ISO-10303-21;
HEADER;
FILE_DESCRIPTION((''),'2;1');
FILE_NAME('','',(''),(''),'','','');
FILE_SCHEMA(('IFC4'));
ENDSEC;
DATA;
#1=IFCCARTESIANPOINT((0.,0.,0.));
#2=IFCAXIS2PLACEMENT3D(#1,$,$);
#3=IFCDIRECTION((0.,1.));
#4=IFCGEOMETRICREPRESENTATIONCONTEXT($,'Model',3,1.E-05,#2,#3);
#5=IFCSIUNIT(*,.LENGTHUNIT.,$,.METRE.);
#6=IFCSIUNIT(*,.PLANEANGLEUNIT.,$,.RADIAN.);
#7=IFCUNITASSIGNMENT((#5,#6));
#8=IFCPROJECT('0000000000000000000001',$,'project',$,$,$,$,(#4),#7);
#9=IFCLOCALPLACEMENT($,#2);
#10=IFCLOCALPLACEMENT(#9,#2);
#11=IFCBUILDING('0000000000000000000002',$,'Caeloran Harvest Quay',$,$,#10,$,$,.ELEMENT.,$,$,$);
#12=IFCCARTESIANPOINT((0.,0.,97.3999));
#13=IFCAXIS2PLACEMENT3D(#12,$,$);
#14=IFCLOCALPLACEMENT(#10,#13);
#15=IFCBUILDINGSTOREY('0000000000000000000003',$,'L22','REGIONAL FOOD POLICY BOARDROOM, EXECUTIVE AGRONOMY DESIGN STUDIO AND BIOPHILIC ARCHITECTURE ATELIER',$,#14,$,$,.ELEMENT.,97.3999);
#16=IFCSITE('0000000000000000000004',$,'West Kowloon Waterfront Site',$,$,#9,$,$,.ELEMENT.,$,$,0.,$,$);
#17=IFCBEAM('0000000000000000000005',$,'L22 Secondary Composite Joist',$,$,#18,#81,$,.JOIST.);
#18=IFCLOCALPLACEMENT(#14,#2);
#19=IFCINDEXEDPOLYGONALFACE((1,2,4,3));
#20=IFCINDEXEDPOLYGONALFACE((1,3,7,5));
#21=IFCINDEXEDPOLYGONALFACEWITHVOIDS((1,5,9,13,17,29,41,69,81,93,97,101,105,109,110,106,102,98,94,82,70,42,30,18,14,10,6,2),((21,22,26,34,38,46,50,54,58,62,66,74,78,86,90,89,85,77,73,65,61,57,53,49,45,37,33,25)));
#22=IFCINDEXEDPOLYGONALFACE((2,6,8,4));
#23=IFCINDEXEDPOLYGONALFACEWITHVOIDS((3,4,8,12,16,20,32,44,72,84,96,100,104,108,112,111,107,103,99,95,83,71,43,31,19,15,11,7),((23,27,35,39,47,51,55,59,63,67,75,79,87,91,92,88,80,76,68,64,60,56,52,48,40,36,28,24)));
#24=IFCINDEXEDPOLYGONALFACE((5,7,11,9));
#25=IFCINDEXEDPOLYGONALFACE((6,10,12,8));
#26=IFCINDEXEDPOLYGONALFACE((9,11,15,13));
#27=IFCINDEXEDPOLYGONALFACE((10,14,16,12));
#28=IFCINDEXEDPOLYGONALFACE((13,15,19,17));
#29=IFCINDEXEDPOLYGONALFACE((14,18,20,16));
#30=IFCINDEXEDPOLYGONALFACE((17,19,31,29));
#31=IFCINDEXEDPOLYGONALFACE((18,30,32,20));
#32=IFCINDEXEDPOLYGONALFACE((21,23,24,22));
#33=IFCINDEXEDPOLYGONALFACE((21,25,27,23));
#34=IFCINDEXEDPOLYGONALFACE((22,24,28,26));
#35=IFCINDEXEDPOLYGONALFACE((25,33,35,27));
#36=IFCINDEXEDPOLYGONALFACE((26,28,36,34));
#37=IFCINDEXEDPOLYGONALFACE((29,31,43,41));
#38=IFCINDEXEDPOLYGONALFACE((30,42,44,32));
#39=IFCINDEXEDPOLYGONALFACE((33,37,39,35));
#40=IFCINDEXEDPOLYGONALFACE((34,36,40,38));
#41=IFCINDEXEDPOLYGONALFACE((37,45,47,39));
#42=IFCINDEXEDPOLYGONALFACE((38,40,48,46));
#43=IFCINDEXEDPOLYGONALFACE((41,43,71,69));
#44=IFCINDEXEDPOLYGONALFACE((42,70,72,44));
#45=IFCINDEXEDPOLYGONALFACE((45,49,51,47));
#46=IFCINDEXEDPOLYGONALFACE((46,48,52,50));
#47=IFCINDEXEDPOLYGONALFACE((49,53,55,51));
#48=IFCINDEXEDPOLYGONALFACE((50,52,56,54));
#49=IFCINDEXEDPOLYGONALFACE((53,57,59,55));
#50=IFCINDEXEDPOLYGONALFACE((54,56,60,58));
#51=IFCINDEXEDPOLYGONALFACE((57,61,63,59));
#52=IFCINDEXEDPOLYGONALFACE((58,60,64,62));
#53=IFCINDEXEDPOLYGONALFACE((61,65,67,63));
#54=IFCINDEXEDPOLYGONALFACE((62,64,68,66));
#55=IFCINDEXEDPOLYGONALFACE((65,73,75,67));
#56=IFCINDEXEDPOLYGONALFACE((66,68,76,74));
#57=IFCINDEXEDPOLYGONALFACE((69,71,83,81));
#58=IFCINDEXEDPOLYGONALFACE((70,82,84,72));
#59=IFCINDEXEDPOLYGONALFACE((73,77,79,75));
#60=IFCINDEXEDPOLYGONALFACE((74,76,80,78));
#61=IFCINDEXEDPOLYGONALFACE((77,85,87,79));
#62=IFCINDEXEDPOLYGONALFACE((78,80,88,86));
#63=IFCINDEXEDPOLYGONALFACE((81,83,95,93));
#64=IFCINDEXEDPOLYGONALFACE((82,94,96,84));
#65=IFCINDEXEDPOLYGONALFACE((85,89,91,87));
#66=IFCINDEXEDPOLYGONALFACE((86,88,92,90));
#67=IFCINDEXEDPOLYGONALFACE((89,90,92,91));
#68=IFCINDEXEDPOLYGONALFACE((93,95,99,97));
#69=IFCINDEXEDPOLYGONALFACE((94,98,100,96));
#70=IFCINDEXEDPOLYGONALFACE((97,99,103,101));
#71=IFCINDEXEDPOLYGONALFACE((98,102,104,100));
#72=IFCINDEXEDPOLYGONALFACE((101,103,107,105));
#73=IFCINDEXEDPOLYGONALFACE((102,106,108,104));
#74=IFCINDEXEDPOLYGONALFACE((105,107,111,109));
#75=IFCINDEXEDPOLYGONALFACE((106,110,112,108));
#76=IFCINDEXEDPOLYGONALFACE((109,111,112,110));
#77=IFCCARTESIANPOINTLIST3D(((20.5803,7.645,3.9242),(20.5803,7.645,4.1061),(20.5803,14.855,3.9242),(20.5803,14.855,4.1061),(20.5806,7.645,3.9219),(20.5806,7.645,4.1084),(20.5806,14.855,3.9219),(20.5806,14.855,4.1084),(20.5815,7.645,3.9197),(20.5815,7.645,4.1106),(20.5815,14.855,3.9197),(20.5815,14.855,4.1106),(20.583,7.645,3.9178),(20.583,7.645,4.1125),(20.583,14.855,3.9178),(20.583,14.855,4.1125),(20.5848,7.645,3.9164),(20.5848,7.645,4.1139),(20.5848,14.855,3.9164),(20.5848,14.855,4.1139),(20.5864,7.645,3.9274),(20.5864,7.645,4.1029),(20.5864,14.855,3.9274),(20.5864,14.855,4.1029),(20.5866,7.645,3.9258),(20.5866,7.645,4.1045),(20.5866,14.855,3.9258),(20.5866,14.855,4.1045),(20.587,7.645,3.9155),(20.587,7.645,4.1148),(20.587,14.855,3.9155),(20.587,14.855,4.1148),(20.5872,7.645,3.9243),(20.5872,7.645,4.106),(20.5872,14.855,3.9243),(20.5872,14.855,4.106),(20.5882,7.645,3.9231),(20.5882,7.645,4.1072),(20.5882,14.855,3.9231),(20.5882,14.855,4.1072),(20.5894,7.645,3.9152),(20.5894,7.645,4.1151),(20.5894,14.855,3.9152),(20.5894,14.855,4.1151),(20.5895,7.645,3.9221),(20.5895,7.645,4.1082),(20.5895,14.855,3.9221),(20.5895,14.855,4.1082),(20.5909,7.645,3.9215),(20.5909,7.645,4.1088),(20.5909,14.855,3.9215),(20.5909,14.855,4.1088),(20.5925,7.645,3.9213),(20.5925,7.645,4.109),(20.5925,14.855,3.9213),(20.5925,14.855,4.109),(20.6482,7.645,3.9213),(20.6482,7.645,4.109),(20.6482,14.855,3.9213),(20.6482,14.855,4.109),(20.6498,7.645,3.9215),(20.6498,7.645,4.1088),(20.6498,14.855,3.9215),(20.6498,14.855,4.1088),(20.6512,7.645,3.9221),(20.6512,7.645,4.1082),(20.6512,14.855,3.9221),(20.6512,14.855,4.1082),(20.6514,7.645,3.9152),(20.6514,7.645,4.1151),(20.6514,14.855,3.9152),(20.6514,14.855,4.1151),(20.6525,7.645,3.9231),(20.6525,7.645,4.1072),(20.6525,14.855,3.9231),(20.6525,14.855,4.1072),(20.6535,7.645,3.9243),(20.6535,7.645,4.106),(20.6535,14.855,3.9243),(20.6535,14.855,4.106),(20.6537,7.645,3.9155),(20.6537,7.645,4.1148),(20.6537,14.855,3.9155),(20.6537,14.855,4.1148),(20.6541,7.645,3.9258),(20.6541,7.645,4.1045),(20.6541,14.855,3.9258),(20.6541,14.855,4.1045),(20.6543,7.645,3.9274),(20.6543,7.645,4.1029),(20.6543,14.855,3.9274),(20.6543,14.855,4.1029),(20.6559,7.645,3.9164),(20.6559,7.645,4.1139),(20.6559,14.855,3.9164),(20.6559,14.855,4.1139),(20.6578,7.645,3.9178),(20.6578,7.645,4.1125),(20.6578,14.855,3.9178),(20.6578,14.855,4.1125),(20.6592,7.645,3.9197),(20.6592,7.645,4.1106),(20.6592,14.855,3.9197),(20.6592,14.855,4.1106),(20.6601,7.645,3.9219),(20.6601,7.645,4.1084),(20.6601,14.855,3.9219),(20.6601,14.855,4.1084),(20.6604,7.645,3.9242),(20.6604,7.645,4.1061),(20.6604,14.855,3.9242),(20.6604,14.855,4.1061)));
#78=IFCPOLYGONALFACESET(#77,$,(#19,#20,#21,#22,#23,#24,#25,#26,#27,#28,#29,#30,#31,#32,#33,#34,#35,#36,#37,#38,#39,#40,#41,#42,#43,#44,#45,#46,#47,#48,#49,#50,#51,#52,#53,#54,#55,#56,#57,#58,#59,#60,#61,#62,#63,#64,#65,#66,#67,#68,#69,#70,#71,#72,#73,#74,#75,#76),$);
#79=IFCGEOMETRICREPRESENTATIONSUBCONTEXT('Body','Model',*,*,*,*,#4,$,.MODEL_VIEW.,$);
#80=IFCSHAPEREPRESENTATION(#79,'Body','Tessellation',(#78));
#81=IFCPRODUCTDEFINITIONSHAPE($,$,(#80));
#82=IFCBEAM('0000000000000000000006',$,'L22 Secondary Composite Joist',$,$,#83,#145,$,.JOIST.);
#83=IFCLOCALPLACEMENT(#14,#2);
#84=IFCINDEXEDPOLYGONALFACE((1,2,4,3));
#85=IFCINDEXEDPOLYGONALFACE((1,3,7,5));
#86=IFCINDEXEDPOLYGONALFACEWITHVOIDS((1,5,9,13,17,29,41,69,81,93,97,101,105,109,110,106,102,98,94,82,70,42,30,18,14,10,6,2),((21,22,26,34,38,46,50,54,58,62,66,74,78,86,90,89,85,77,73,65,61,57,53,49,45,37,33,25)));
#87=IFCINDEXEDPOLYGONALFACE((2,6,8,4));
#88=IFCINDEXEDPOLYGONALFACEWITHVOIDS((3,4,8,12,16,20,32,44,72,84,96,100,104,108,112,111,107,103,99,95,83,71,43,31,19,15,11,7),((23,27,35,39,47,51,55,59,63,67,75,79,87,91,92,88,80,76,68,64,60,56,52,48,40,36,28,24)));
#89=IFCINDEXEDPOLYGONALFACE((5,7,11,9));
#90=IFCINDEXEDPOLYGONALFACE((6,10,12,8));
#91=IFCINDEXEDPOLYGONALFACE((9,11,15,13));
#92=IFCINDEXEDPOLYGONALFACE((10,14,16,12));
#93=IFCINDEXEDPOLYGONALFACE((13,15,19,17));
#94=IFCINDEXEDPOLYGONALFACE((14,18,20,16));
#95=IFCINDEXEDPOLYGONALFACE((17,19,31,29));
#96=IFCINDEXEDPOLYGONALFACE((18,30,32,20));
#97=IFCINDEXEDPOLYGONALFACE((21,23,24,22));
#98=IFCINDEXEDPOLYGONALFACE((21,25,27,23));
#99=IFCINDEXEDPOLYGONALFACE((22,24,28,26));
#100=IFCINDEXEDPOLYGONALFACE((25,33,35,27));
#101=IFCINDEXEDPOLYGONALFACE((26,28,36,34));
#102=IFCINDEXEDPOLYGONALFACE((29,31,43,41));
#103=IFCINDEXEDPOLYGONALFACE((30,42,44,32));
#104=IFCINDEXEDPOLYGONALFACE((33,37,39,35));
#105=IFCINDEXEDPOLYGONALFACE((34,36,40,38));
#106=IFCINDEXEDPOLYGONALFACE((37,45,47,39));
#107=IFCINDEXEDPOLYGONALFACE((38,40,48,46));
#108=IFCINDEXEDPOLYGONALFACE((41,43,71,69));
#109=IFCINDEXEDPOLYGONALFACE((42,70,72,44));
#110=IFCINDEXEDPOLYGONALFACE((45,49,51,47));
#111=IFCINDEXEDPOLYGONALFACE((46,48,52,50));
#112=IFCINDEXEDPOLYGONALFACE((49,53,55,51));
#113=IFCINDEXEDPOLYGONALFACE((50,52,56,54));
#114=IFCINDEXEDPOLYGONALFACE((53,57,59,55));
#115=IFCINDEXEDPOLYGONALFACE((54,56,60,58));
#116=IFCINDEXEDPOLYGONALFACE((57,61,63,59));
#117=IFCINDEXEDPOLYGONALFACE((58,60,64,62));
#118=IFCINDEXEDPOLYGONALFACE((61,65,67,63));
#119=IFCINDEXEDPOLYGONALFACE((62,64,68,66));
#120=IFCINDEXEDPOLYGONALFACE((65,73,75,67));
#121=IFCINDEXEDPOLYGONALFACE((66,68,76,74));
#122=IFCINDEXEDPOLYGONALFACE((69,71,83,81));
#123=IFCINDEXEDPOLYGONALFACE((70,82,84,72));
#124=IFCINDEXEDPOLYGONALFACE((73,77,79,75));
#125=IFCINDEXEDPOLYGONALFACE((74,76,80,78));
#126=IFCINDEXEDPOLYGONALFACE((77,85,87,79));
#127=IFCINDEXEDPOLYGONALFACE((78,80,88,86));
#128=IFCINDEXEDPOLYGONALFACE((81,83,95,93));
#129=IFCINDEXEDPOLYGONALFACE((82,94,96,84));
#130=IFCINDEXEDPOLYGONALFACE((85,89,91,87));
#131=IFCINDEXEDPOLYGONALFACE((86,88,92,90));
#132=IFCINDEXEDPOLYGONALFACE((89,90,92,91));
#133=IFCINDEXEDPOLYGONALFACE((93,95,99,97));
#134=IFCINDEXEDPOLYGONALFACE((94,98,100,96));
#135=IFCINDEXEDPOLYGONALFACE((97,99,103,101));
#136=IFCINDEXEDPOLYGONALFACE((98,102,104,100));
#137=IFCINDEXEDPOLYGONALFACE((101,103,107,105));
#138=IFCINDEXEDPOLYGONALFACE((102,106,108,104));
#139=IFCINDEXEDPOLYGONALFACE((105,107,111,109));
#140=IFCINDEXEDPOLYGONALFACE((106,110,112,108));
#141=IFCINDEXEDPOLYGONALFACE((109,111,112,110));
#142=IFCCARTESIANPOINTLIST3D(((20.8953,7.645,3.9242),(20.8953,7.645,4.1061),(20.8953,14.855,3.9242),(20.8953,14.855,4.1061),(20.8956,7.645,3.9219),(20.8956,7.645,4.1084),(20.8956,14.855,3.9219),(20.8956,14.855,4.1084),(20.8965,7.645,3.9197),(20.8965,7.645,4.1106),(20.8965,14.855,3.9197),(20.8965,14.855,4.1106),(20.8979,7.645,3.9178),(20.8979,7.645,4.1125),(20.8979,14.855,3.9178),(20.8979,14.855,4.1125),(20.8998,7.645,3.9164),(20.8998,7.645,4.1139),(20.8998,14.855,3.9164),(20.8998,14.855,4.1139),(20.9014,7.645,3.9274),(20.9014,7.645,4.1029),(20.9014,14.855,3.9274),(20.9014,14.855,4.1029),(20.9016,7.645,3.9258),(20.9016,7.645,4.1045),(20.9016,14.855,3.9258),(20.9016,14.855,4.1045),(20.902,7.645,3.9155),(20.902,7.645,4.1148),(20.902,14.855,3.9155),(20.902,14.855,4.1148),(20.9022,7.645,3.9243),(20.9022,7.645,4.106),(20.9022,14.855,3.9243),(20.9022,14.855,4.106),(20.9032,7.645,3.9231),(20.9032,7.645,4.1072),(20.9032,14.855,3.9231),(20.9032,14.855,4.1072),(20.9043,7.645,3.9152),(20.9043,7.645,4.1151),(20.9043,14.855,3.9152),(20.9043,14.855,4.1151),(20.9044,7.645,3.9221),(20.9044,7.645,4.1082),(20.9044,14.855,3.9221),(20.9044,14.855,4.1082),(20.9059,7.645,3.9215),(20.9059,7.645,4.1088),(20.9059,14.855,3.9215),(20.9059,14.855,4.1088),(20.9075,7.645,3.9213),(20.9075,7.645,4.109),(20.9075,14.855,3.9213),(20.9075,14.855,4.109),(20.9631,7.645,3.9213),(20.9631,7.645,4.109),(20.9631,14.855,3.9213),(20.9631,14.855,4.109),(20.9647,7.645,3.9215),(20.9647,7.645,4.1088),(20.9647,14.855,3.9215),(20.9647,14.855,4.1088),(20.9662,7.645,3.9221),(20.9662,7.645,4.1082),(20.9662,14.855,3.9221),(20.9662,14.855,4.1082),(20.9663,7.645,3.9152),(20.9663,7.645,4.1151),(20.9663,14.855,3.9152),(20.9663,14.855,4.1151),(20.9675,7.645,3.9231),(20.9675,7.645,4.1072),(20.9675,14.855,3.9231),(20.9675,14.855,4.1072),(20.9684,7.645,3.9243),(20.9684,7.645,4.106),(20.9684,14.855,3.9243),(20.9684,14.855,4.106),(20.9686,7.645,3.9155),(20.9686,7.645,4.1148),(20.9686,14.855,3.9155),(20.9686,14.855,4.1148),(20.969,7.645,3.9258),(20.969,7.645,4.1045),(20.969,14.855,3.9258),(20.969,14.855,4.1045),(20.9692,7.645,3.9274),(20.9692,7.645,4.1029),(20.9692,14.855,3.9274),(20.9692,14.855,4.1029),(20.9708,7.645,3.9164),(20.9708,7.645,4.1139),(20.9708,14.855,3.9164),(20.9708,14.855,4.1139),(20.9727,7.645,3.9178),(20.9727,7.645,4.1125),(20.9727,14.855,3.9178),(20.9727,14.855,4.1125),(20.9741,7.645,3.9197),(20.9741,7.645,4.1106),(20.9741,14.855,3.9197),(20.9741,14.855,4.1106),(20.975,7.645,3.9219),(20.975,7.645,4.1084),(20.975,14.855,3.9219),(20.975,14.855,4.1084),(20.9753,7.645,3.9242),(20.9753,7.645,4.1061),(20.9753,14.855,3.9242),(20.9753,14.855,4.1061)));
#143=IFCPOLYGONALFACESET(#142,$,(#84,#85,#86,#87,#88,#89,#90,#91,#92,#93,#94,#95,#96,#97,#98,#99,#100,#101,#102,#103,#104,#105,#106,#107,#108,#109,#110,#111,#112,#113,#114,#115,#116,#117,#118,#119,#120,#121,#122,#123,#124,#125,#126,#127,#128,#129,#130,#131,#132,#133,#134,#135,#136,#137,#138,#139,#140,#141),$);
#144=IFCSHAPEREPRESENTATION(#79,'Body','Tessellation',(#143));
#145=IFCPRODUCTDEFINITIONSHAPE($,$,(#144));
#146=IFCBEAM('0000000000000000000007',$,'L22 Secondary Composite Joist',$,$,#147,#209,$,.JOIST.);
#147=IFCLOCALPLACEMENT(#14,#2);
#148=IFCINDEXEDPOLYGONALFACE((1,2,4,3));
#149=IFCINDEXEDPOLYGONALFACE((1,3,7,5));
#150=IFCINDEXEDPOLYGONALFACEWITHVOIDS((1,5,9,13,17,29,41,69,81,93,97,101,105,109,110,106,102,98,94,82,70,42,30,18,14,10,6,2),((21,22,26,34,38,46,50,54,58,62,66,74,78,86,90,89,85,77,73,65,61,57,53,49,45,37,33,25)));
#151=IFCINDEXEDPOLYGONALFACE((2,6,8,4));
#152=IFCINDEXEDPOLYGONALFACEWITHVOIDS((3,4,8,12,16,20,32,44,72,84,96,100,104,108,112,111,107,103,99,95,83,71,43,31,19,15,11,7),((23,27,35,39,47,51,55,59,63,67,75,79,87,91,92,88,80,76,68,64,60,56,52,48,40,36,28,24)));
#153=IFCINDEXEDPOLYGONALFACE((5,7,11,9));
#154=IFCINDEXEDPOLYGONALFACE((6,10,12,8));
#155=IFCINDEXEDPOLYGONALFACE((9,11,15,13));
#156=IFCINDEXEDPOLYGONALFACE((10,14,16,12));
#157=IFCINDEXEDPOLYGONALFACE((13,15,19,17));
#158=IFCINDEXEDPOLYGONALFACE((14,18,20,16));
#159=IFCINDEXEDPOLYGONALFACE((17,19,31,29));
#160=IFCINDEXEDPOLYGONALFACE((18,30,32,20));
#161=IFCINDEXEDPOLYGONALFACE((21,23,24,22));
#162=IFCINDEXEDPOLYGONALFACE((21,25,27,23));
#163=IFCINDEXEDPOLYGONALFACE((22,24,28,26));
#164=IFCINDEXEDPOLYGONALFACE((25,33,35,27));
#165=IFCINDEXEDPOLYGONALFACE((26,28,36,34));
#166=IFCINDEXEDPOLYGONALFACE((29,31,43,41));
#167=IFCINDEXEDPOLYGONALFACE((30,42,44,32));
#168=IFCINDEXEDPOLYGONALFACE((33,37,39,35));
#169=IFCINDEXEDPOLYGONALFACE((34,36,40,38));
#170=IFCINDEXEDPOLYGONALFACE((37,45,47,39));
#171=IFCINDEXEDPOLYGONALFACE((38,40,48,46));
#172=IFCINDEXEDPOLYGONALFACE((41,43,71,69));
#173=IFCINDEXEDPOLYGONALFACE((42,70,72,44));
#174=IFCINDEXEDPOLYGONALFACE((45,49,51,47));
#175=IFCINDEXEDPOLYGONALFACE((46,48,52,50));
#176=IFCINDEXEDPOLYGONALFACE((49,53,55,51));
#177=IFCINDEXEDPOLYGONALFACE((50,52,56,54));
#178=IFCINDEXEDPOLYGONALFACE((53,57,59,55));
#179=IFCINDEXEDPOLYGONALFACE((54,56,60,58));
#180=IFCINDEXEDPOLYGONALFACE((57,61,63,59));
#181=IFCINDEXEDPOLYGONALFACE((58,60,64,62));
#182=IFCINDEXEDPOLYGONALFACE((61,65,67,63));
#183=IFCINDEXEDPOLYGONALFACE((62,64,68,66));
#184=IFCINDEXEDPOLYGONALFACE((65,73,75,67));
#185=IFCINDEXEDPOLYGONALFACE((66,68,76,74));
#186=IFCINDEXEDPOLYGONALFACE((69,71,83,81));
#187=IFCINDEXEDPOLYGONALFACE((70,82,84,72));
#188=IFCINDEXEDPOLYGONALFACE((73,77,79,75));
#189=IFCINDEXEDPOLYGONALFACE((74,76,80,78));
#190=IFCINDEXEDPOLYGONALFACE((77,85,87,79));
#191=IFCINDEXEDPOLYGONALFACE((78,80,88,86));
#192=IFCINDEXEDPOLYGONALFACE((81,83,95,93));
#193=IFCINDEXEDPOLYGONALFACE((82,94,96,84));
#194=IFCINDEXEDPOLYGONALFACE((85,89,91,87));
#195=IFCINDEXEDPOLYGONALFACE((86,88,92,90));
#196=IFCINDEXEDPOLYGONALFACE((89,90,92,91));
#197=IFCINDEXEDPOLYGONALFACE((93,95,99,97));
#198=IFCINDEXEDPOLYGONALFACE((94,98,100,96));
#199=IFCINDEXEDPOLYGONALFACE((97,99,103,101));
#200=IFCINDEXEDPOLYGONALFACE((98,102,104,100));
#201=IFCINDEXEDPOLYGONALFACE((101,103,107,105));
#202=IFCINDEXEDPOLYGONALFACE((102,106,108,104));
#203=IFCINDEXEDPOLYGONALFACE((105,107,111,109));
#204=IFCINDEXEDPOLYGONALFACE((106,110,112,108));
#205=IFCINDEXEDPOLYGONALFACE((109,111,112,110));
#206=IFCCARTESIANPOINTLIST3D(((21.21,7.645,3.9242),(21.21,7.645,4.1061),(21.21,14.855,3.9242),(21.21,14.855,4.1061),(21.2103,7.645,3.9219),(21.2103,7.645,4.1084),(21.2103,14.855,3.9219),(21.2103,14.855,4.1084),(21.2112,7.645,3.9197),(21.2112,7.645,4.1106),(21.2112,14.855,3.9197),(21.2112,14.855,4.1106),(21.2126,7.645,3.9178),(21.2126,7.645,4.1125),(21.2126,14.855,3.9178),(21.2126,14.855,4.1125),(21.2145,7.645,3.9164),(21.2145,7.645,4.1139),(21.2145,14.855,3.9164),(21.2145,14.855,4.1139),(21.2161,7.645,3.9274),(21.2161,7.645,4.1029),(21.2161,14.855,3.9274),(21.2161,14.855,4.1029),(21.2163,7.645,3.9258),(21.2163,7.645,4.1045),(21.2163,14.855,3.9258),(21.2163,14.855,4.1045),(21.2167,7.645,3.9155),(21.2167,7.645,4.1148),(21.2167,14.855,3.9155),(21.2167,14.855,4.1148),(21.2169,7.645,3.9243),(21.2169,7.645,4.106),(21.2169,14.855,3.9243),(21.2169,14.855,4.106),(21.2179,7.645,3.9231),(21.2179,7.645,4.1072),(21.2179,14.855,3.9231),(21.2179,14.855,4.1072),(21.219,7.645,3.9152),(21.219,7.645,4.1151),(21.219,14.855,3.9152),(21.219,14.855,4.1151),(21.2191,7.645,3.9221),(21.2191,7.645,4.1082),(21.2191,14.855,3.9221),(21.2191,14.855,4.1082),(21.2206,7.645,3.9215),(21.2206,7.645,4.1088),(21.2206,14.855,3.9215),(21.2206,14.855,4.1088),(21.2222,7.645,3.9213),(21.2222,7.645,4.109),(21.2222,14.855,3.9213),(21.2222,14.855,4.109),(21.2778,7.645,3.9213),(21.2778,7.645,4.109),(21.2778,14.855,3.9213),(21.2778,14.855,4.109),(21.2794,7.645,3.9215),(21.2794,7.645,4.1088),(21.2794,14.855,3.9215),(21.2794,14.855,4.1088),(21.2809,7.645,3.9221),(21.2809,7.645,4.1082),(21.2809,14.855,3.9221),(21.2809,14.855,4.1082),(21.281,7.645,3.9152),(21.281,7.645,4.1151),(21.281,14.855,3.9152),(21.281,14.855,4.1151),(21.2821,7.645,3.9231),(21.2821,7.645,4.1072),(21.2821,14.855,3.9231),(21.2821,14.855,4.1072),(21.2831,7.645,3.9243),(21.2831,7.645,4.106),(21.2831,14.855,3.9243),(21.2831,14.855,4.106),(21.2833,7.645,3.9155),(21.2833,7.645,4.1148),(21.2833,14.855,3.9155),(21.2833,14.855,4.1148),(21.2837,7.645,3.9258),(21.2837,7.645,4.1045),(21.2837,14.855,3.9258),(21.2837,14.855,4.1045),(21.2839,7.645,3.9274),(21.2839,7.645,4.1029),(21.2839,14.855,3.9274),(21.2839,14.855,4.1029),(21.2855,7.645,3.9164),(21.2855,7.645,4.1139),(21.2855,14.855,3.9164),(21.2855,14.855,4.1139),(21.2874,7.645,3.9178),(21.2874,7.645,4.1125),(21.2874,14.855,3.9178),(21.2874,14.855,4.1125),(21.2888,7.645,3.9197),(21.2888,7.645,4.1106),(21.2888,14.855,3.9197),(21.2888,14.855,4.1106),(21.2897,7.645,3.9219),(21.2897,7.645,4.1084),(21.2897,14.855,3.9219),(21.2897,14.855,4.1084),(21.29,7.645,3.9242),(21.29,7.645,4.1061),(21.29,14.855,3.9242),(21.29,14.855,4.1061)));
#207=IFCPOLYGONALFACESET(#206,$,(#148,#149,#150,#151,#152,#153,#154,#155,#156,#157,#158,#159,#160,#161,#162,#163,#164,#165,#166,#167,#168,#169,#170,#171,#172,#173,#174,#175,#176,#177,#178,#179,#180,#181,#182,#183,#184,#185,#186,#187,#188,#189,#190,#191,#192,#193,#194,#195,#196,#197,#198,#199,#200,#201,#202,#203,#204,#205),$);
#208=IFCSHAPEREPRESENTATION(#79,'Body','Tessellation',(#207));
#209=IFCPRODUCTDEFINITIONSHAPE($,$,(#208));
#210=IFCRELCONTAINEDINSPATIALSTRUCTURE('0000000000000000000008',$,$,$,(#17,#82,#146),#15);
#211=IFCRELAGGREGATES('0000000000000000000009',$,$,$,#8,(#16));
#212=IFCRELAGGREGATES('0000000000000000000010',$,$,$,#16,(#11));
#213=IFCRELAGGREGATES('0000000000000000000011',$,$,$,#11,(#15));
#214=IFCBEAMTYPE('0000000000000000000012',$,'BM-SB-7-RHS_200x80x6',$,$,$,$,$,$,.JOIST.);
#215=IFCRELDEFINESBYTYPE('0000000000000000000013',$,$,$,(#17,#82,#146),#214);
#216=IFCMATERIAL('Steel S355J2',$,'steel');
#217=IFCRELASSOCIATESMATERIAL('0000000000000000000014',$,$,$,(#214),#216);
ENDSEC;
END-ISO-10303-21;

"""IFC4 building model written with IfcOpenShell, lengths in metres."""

from ifc_helpers import new_model, si_unit, direction, frame, origin, origin_2d, place, context, subcontext, project, spatial, hollow_rectangle, extrude, material, material_profile, profile_set, type_object, element, save


model = new_model("IFC4")

# Units and contexts
model_context = context("Model", 3, precision=1e-05, world=origin(), true_north=direction((0.0, 1.0)))
body_context = subcontext(model_context, "Body", "Model", "MODEL_VIEW")
ifc_project = project(units=[si_unit("LENGTHUNIT", "METRE"), si_unit("PLANEANGLEUNIT", "RADIAN")], contexts=[model_context])

# Site, building, storey
site_placement = place(None, origin())
site = spatial("IfcSite", under=ifc_project, at=site_placement, Name="West Kowloon Waterfront Site", CompositionType="ELEMENT", RefElevation=0.0)
building_placement = place(site_placement, origin())
building = spatial("IfcBuilding", under=site, at=building_placement, Name="Caeloran Harvest Quay", CompositionType="ELEMENT")
storey_placement = place(building_placement, frame((0.0, 0.0, 97.3999)))
storey = spatial("IfcBuildingStorey", under=building, at=storey_placement, Name="L22", Description="REGIONAL FOOD POLICY BOARDROOM, EXECUTIVE AGRONOMY DESIGN STUDIO AND BIOPHILIC ARCHITECTURE ATELIER", CompositionType="ELEMENT", Elevation=97.3999)

# Beams
ifc_material = material(Name="Steel S355J2", Category="steel")
ifc_material_profile_1 = material_profile(ifc_material, hollow_rectangle(XDim=0.0801, YDim=0.2, WallThickness=0.0061, InnerFilletRadius=0.0061, OuterFilletRadius=0.009, at=origin_2d()), Name="RHS 200x80x6")
ifc_profile_set_1 = profile_set([ifc_material_profile_1], Name="Steel S355J2")
beam_type_1 = type_object("IfcBeamType", Name="BM-SB-7-RHS_200x80x6", PredefinedType="JOIST", material=ifc_profile_set_1)
for number, where, z_axis, x_axis, name in (
    (1, (20.6204, 7.645, 4.0151), (0.0, 1.0, 0.0), (-1.0, 0.0, 0.0), "L22 Secondary Composite Joist"),
    (2, (20.9353, 7.645, 4.0151), (0.0, 1.0, 0.0), (-1.0, 0.0, 0.0), "L22 Secondary Composite Joist"),
    (3, (21.25, 7.645, 4.0151), (0.0, 1.0, 0.0), (-1.0, 0.0, 0.0), "L22 Secondary Composite Joist"),
):
    element("IfcBeam", number, at=place(storey_placement, frame(where, z_axis=z_axis, x_axis=x_axis)), inside=storey, type_object=beam_type_1, Name=name, PredefinedType="JOIST", context=body_context, shape_type="SweptSolid", body=[
        extrude(hollow_rectangle(XDim=0.0801, YDim=0.2, WallThickness=0.0061, InnerFilletRadius=0.0061, OuterFilletRadius=0.009, at=origin_2d()), origin(), (0.0, 0.0, 1.0), 7.21),
    ])

save(model, "model.ifc")
